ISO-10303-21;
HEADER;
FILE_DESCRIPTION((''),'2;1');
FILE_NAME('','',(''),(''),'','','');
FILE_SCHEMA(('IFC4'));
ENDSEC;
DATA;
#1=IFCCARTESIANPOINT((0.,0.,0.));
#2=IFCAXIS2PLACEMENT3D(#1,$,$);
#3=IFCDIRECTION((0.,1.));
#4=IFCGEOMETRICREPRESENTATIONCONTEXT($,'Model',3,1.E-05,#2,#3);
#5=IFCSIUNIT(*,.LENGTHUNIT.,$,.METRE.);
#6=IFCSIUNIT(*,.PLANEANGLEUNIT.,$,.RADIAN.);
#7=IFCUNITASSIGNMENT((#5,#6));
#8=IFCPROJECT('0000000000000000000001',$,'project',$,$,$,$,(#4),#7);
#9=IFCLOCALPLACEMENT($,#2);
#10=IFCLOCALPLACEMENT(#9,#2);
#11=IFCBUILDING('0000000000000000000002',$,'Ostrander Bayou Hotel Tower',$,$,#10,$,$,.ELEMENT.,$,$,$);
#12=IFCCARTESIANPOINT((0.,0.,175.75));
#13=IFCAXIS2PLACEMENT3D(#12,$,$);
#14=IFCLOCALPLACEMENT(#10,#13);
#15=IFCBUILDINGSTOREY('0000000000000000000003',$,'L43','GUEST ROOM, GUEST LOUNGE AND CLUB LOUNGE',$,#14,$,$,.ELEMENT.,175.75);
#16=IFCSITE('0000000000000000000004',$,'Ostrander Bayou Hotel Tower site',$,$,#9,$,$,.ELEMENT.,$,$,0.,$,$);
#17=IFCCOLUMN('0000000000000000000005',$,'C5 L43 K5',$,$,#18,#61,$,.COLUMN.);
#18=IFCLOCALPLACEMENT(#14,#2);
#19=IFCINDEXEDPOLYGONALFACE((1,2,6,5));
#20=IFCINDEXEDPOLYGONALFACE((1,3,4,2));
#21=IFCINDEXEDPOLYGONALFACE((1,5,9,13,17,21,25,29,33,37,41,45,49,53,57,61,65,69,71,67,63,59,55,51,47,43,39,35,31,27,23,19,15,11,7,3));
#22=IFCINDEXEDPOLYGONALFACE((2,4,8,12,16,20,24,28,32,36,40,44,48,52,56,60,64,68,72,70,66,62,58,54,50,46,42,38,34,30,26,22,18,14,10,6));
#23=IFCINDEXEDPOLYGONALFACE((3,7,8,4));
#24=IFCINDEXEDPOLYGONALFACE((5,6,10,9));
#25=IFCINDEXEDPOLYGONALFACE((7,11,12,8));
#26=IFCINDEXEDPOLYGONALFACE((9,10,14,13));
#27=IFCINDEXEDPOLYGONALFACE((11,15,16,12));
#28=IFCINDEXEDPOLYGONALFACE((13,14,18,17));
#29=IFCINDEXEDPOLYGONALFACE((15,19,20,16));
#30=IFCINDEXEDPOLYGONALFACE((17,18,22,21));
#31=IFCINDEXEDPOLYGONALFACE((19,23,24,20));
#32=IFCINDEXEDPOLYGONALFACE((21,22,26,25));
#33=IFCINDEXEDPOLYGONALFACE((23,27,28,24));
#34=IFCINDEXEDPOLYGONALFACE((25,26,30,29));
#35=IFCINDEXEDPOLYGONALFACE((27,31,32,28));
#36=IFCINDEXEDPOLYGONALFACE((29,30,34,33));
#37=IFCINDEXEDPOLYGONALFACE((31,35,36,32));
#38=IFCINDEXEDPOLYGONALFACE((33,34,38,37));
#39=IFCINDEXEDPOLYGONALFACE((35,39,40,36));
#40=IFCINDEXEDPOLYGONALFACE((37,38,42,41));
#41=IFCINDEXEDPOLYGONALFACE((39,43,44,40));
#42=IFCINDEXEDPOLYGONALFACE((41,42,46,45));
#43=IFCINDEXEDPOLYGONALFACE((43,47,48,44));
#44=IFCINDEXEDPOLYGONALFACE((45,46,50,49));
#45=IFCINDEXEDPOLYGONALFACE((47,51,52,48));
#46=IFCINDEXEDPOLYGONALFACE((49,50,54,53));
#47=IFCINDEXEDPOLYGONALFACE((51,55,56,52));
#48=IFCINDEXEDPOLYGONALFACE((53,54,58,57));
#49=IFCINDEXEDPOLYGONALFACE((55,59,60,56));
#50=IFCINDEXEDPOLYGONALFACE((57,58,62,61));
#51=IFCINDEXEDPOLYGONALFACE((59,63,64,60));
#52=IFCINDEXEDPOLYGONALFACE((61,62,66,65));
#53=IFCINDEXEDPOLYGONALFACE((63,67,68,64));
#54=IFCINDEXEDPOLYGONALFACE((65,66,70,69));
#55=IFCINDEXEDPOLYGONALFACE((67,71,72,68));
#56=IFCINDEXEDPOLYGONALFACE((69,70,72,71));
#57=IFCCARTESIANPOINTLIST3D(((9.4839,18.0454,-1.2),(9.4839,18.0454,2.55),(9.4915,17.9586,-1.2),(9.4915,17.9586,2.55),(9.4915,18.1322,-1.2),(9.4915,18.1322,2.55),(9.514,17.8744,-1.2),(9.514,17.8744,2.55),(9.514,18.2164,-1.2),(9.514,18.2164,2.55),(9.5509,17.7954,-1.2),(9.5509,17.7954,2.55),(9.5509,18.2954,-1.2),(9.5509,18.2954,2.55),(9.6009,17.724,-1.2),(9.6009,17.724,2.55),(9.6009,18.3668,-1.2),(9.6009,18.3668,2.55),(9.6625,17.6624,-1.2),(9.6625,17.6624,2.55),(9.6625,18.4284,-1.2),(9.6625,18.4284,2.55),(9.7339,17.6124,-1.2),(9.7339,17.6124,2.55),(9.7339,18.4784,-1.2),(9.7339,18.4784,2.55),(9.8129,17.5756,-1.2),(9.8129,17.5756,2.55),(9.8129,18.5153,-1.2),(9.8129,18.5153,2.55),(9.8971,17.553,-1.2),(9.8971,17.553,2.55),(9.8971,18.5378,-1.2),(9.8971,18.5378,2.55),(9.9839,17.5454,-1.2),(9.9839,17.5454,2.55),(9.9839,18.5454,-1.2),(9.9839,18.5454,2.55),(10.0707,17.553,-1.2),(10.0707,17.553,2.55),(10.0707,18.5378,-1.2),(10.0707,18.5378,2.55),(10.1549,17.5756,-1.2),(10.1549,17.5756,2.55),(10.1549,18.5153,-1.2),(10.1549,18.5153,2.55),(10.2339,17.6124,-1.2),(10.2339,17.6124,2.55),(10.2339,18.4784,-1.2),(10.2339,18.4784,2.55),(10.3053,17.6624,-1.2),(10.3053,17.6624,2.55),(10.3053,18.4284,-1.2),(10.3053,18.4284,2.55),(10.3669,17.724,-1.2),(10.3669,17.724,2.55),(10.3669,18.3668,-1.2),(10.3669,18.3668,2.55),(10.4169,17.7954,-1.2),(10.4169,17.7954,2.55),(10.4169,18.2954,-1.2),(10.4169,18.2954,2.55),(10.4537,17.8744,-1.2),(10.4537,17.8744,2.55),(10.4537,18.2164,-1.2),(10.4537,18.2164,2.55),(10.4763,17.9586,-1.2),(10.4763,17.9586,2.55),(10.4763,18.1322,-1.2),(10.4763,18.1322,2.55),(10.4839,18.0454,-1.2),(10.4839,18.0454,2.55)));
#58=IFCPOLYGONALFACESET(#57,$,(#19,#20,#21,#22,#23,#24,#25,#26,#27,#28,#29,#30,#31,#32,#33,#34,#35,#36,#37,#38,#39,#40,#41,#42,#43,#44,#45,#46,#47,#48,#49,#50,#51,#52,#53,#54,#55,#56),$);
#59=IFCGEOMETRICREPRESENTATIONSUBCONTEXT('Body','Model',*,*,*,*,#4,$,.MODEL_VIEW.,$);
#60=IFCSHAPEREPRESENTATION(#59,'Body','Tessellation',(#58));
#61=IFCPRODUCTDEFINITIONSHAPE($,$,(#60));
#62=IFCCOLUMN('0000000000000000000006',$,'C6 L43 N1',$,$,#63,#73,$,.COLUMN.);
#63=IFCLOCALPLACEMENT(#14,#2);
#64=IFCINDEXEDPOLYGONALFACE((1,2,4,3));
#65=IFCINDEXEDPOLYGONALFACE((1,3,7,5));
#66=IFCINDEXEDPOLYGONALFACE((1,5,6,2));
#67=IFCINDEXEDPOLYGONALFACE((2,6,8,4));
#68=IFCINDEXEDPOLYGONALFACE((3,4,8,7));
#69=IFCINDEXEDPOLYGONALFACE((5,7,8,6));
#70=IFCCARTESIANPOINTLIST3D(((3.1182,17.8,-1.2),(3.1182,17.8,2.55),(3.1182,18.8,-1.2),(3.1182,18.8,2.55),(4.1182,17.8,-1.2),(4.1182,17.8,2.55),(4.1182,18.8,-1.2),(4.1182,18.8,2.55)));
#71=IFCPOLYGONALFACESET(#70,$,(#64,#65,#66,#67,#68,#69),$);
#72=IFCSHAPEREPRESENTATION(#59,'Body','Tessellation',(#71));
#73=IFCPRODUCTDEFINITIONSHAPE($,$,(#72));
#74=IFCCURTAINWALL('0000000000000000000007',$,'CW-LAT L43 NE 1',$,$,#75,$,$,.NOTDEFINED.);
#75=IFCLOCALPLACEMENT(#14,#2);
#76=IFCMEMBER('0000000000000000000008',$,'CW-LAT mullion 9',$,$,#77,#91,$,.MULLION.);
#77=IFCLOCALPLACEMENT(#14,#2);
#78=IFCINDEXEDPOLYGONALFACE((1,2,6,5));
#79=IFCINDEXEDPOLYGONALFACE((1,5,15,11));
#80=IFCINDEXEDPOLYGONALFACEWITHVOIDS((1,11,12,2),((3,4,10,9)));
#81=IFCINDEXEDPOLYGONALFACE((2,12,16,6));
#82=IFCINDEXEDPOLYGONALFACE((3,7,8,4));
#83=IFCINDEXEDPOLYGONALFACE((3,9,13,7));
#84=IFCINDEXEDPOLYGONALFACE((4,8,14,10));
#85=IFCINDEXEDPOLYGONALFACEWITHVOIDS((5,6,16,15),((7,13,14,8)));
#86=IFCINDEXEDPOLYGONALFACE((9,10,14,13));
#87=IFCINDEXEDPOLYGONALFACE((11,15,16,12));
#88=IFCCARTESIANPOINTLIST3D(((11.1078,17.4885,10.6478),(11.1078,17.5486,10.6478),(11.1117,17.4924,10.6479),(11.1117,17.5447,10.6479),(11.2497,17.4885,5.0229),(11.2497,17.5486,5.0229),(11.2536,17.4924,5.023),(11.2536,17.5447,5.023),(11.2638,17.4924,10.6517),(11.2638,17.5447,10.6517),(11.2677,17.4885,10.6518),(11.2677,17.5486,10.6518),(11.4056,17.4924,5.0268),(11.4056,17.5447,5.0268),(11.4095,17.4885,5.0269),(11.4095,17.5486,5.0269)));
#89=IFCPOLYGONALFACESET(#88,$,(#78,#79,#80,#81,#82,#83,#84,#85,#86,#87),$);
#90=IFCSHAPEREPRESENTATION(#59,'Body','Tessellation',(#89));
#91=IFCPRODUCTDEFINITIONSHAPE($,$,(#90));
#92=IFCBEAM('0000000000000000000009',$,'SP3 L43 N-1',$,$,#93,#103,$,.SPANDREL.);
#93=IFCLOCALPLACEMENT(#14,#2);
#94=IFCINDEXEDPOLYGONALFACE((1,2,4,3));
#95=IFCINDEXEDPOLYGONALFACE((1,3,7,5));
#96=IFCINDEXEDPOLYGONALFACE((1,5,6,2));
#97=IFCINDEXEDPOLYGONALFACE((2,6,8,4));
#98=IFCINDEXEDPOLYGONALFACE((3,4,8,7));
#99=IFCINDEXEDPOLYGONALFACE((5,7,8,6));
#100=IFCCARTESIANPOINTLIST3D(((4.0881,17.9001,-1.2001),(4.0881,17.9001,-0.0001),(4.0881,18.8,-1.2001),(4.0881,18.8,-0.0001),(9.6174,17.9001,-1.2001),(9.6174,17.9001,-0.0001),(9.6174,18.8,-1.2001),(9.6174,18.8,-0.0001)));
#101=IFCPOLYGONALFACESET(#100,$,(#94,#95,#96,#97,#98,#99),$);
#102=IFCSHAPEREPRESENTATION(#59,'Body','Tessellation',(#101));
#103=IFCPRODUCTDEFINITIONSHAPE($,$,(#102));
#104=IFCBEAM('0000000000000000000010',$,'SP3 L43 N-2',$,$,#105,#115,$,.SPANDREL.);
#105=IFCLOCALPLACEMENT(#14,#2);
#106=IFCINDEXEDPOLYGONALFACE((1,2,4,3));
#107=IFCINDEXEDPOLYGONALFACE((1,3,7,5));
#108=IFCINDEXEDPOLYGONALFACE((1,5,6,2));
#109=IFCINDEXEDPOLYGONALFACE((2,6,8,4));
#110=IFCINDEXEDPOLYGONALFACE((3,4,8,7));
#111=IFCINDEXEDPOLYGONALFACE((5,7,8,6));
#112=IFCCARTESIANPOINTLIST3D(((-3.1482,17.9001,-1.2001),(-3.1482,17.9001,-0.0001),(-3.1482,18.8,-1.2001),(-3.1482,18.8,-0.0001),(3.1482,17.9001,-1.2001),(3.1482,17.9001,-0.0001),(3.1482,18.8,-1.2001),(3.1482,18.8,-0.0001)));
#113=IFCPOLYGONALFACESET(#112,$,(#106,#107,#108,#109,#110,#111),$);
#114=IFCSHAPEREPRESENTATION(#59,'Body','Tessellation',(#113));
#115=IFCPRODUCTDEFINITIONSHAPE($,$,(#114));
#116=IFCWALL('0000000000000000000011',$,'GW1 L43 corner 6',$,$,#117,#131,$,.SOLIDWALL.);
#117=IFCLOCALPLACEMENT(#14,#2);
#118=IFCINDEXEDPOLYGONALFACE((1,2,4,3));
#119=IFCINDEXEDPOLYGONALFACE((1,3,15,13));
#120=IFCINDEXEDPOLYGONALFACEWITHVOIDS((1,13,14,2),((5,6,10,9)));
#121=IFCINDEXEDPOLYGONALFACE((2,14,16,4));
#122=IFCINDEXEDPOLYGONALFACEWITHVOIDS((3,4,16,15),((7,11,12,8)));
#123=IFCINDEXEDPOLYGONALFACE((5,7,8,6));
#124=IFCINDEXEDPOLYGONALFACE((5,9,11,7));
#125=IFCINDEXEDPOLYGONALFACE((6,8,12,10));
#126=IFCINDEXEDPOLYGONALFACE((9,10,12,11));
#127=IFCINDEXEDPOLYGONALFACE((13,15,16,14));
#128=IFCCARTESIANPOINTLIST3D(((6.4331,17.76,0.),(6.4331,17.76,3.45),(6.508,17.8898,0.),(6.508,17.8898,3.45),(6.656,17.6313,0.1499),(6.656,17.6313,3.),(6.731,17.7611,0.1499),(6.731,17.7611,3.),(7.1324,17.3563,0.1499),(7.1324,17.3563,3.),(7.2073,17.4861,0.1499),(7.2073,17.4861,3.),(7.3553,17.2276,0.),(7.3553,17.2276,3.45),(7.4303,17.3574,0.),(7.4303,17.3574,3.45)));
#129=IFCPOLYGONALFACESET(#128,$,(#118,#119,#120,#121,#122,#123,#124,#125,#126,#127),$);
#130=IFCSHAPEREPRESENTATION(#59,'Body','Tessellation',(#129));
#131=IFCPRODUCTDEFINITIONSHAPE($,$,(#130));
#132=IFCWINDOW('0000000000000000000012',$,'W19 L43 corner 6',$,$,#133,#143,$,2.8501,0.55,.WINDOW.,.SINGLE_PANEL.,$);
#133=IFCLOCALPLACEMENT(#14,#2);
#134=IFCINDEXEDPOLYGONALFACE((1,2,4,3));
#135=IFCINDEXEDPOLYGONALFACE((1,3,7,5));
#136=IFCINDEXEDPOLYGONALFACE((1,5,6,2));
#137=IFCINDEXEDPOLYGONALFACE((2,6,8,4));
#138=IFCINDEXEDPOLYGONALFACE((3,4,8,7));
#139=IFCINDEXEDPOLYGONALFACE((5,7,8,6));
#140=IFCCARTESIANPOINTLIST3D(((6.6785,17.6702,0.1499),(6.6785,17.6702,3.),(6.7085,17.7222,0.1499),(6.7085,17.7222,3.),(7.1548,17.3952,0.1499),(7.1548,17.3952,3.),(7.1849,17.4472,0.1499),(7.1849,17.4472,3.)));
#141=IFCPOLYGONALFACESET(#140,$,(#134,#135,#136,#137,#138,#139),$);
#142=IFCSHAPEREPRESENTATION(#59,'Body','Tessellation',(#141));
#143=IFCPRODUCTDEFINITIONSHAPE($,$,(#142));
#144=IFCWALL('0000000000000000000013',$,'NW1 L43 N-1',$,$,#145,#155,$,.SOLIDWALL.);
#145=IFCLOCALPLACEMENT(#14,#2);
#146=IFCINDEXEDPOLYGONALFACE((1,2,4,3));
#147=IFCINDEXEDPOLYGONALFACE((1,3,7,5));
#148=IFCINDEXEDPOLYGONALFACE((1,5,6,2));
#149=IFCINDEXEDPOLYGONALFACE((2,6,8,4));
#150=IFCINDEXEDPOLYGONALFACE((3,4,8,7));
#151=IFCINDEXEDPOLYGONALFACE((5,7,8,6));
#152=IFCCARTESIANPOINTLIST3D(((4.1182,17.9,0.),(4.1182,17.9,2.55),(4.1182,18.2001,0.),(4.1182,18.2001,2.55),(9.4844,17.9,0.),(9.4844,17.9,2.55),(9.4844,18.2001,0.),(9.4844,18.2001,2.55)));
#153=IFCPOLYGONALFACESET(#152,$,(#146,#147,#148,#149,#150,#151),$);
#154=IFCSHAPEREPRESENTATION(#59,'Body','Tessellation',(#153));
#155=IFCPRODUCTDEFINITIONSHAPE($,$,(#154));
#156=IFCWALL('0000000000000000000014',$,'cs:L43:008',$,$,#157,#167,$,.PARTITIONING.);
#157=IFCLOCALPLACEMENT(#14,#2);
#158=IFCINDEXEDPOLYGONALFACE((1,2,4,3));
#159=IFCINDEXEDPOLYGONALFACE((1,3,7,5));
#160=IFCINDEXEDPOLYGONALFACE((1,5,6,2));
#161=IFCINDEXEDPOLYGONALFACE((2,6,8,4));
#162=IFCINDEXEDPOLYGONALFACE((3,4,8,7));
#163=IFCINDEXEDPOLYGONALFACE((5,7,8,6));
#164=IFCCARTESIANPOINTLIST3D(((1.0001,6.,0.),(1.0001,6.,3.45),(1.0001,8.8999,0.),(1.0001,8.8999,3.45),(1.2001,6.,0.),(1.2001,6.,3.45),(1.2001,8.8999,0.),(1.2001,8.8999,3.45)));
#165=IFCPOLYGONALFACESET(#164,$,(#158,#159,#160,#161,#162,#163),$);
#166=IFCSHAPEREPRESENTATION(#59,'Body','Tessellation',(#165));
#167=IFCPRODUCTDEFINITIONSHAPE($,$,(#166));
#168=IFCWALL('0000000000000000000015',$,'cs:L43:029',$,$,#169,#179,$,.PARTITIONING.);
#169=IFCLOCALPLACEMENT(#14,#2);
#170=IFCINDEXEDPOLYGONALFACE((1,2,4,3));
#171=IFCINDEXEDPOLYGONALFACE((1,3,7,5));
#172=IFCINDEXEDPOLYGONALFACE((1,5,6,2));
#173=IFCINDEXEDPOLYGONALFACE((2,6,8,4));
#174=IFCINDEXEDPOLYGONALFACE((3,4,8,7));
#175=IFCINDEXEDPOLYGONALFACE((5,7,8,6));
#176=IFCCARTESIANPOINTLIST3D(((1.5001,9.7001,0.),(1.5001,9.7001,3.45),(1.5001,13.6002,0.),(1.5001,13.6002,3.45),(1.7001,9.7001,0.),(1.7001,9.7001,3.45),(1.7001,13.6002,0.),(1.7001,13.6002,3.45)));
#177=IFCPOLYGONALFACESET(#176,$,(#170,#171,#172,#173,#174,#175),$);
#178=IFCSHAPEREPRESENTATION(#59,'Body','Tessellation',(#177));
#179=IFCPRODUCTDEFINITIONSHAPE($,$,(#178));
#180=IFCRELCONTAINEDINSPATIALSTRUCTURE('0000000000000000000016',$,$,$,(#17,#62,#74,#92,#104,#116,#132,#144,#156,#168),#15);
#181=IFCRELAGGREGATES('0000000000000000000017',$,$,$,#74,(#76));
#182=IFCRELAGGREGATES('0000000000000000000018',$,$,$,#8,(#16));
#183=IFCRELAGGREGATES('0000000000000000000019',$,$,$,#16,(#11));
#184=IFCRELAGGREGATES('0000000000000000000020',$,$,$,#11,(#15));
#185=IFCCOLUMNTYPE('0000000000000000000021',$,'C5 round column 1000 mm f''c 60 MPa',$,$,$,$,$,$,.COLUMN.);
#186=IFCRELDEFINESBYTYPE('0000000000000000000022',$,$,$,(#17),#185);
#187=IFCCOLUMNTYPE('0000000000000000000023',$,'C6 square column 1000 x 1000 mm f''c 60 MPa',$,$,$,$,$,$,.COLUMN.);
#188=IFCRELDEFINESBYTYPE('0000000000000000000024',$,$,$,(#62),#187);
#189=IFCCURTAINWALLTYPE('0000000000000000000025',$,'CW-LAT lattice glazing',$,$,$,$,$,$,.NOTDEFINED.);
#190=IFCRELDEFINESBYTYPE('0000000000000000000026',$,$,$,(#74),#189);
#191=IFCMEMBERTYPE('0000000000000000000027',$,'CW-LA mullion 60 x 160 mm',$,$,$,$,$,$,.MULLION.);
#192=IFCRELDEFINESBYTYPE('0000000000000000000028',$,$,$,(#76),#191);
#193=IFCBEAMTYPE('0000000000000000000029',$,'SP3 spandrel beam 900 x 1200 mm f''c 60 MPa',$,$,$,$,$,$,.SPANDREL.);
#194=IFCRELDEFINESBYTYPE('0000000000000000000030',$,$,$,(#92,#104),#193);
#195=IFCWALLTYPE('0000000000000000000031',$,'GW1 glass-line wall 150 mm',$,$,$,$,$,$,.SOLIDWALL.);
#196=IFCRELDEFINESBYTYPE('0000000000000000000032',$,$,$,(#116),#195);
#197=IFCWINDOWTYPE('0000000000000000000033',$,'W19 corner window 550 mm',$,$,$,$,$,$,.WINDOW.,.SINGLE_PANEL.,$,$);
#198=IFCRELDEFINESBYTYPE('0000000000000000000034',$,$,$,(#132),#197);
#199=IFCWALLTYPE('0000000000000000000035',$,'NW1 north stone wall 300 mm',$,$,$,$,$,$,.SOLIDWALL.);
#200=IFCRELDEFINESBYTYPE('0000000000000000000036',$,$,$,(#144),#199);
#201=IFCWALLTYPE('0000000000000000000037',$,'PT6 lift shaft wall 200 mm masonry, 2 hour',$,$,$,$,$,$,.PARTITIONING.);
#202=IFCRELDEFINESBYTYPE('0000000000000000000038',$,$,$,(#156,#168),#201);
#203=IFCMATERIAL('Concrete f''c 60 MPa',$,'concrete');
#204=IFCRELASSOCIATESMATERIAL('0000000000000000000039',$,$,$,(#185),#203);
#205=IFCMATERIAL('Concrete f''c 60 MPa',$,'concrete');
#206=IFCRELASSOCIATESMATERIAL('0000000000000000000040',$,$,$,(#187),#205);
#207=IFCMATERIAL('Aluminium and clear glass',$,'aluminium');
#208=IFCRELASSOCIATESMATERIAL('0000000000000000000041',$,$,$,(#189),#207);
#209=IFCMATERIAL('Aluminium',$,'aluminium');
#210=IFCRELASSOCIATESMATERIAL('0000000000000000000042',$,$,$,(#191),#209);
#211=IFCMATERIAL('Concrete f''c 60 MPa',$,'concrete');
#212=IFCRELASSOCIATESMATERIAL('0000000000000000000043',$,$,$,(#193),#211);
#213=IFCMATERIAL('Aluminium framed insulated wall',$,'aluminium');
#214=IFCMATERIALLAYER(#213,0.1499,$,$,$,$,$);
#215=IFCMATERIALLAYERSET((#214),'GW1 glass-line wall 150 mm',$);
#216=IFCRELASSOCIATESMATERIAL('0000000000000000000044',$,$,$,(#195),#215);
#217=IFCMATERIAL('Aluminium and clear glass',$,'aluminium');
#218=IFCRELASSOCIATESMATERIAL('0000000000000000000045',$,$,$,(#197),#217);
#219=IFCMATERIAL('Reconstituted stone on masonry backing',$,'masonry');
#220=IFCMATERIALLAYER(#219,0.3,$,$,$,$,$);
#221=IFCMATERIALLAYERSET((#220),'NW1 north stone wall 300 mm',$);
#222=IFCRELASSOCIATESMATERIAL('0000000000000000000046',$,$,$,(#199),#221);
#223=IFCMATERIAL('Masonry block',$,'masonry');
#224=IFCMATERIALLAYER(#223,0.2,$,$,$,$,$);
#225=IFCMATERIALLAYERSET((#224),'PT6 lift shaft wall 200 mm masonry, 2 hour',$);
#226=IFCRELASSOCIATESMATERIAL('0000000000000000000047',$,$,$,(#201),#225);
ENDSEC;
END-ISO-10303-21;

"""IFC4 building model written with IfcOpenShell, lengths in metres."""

from ifc_helpers import new_model, si_unit, direction, frame, frame_2d, origin, origin_2d, place, context, subcontext, project, spatial, rectangle, hollow_rectangle, circle, extrude, material, layer, layer_set, material_profile, profile_set, type_object, element, fill, aggregate, save


model = new_model("IFC4")

# Units and contexts
model_context = context("Model", 3, precision=1e-05, world=origin(), true_north=direction((0.0, 1.0)))
body_context = subcontext(model_context, "Body", "Model", "MODEL_VIEW")
ifc_project = project(units=[si_unit("LENGTHUNIT", "METRE"), si_unit("PLANEANGLEUNIT", "RADIAN")], contexts=[model_context])

# Site, building, storey
site_placement = place(None, origin())
site = spatial("IfcSite", under=ifc_project, at=site_placement, Name="Ostrander Bayou Hotel Tower site", CompositionType="ELEMENT", RefElevation=0.0)
building_placement = place(site_placement, origin())
building = spatial("IfcBuilding", under=site, at=building_placement, Name="Ostrander Bayou Hotel Tower", CompositionType="ELEMENT")
storey_placement = place(building_placement, frame((0.0, 0.0, 175.75)))
storey = spatial("IfcBuildingStorey", under=building, at=storey_placement, Name="L43", Description="GUEST ROOM, GUEST LOUNGE AND CLUB LOUNGE", CompositionType="ELEMENT", Elevation=175.75)

# Columns
ifc_material_1 = material(Name="Concrete f'c 60 MPa", Category="concrete")
ifc_material_profile_1 = material_profile(ifc_material_1, circle(Radius=0.5, at=origin_2d()))
ifc_profile_set_1 = profile_set([ifc_material_profile_1], Name="Concrete f'c 60 MPa")
column_type_1 = type_object("IfcColumnType", Name="C5 round column 1000 mm f'c 60 MPa", PredefinedType="COLUMN", material=ifc_profile_set_1)
column_1_placement = place(storey_placement, frame((9.9839, 18.0454, -1.2), z_axis=(0.0, 0.0, 1.0), x_axis=(1.0, 0.0, 0.0)))
element("IfcColumn", 1, at=column_1_placement, inside=storey, type_object=column_type_1, Name="C5 L43 K5", PredefinedType="COLUMN", context=body_context, shape_type="SweptSolid", body=[
    extrude(circle(Radius=0.5, at=origin_2d()), origin(), (0.0, 0.0, 1.0), 3.75),
])
ifc_material_2 = material(Name="Concrete f'c 60 MPa", Category="concrete")
ifc_material_profile_2 = material_profile(ifc_material_2, rectangle(XDim=1.0, YDim=1.0, at=origin_2d()))
ifc_profile_set_2 = profile_set([ifc_material_profile_2], Name="Concrete f'c 60 MPa")
column_type_2 = type_object("IfcColumnType", Name="C6 square column 1000 x 1000 mm f'c 60 MPa", PredefinedType="COLUMN", material=ifc_profile_set_2)
column_2_placement = place(storey_placement, frame((3.6182, 18.3, -1.2), z_axis=(0.0, 0.0, 1.0), x_axis=(1.0, 0.0, 0.0)))
element("IfcColumn", 2, at=column_2_placement, inside=storey, type_object=column_type_2, Name="C6 L43 N1", PredefinedType="COLUMN", context=body_context, shape_type="SweptSolid", body=[
    extrude(rectangle(XDim=1.0, YDim=1.0, at=origin_2d()), origin(), (0.0, 0.0, 1.0), 3.75),
])

# Curtain wall, member
ifc_material_3 = material(Name="Aluminium and clear glass", Category="aluminium")
curtain_wall_type = type_object("IfcCurtainWallType", Name="CW-LAT lattice glazing", PredefinedType="NOTDEFINED", material=ifc_material_3)
curtain_wall_placement = place(storey_placement, origin())
curtain_wall = element("IfcCurtainWall", 3, at=curtain_wall_placement, inside=storey, type_object=curtain_wall_type, Name="CW-LAT L43 NE 1", PredefinedType="NOTDEFINED")
ifc_material_4 = material(Name="Aluminium", Category="aluminium")
ifc_material_profile_3 = material_profile(ifc_material_4, hollow_rectangle(XDim=0.0601, YDim=0.1599, WallThickness=0.0039, at=origin_2d()))
ifc_profile_set_3 = profile_set([ifc_material_profile_3], Name="Aluminium")
member_type = type_object("IfcMemberType", Name="CW-LA mullion 60 x 160 mm", PredefinedType="MULLION", material=ifc_profile_set_3)
member_placement = place(storey_placement, frame((11.3296, 17.5186, 5.0249), z_axis=(-0.025209, 0.0, 0.999682), x_axis=(0.0, -1.0, 0.0)))
member = element("IfcMember", 4, at=member_placement, type_object=member_type, Name="CW-LAT mullion 9", PredefinedType="MULLION", context=body_context, shape_type="SweptSolid", body=[
    extrude(hollow_rectangle(XDim=0.0601, YDim=0.1599, WallThickness=0.0039, at=origin_2d()), origin(), (0.0, 0.0, 1.0), 5.6267),
])
aggregate(curtain_wall, [member])

# Beams
ifc_material_5 = material(Name="Concrete f'c 60 MPa", Category="concrete")
ifc_material_profile_4 = material_profile(ifc_material_5, rectangle(XDim=0.8999, YDim=1.2, at=origin_2d()))
ifc_profile_set_4 = profile_set([ifc_material_profile_4], Name="Concrete f'c 60 MPa")
beam_type = type_object("IfcBeamType", Name="SP3 spandrel beam 900 x 1200 mm f'c 60 MPa", PredefinedType="SPANDREL", material=ifc_profile_set_4)
beam_1_placement = place(storey_placement, frame((9.6174, 18.3501, -0.6001), z_axis=(-1.0, 0.0, 0.0), x_axis=(0.0, -1.0, 0.0)))
element("IfcBeam", 5, at=beam_1_placement, inside=storey, type_object=beam_type, Name="SP3 L43 N-1", PredefinedType="SPANDREL", context=body_context, shape_type="SweptSolid", body=[
    extrude(rectangle(XDim=0.8999, YDim=1.2, at=origin_2d()), origin(), (0.0, 0.0, 1.0), 5.5293),
])
beam_2_placement = place(storey_placement, frame((3.1482, 18.3501, -0.6001), z_axis=(-1.0, 0.0, 0.0), x_axis=(0.0, -1.0, 0.0)))
element("IfcBeam", 6, at=beam_2_placement, inside=storey, type_object=beam_type, Name="SP3 L43 N-2", PredefinedType="SPANDREL", context=body_context, shape_type="SweptSolid", body=[
    extrude(rectangle(XDim=0.8999, YDim=1.2, at=origin_2d()), origin(), (0.0, 0.0, 1.0), 6.2964),
])

# Wall, opening, window
ifc_material_6 = material(Name="Aluminium framed insulated wall", Category="aluminium")
ifc_layer_1 = layer(ifc_material_6, 0.1499)
ifc_layer_set_1 = layer_set([ifc_layer_1], Name="GW1 glass-line wall 150 mm")
wall_type_1 = type_object("IfcWallType", Name="GW1 glass-line wall 150 mm", PredefinedType="SOLIDWALL", material=ifc_layer_set_1)
wall_1_placement = place(storey_placement, frame((7.3928, 17.2925, 0.0), z_axis=(0.0, 0.0, 1.0), x_axis=(-0.866048, 0.499961, 0.0)))
wall_1 = element("IfcWall", 7, at=wall_1_placement, inside=storey, type_object=wall_type_1, Name="GW1 L43 corner 6", PredefinedType="SOLIDWALL", context=body_context, shape_type="SweptSolid", body=[
    extrude(rectangle(XDim=1.0649, YDim=0.1499, at=frame_2d((0.5325, 0.0))), origin(), (0.0, 0.0, 1.0), 3.45),
])
opening_1_placement = place(wall_1_placement, frame((0.2576, 0.0, 0.1499)))
opening_1 = element("IfcOpeningElement", 8, at=opening_1_placement, cuts=wall_1, PredefinedType="OPENING", context=body_context, shape_type="SweptSolid", body=[
    extrude(rectangle(XDim=0.55, YDim=2.8501, at=frame_2d((0.2749, 1.425))), frame((0.0, 0.075, 0.0), z_axis=(0.0, -1.0, 0.0), x_axis=(1.0, 0.0, 0.0)), (0.0, 0.0, 1.0), 0.1499),
])
ifc_material_7 = material(Name="Aluminium and clear glass", Category="aluminium")
window_type_1 = type_object("IfcWindowType", Name="W19 corner window 550 mm", PartitioningType="SINGLE_PANEL", PredefinedType="WINDOW", material=ifc_material_7)
window_1_placement = place(opening_1_placement, origin())
window_1 = element("IfcWindow", 9, at=window_1_placement, inside=storey, type_object=window_type_1, Name="W19 L43 corner 6", OverallHeight=2.8501, OverallWidth=0.55, PartitioningType="SINGLE_PANEL", PredefinedType="WINDOW", context=body_context, shape_type="SweptSolid", body=[
    extrude(rectangle(XDim=0.55, YDim=2.8501, at=frame_2d((0.2749, 1.425))), frame((0.0, 0.03, 0.0), z_axis=(0.0, -1.0, 0.0), x_axis=(1.0, 0.0, 0.0)), (0.0, 0.0, 1.0), 0.0601),
])
fill(opening_1, window_1)

# Wall
ifc_material_8 = material(Name="Reconstituted stone on masonry backing", Category="masonry")
ifc_layer_2 = layer(ifc_material_8, 0.3)
ifc_layer_set_2 = layer_set([ifc_layer_2], Name="NW1 north stone wall 300 mm")
wall_type_2 = type_object("IfcWallType", Name="NW1 north stone wall 300 mm", PredefinedType="SOLIDWALL", material=ifc_layer_set_2)
wall_2_placement = place(storey_placement, frame((9.4844, 18.05, 0.0), z_axis=(0.0, 0.0, 1.0), x_axis=(-1.0, 0.0, 0.0)))
element("IfcWall", 10, at=wall_2_placement, inside=storey, type_object=wall_type_2, Name="NW1 L43 N-1", PredefinedType="SOLIDWALL", context=body_context, shape_type="SweptSolid", body=[
    extrude(rectangle(XDim=5.3662, YDim=0.3, at=frame_2d((2.6831, 0.0))), origin(), (0.0, 0.0, 1.0), 2.55),
])

# Shared definitions
ifc_material_9 = material(Name="Masonry block", Category="masonry")
ifc_layer_3 = layer(ifc_material_9, 0.2)
ifc_layer_set_3 = layer_set([ifc_layer_3], Name="PT6 lift shaft wall 200 mm masonry, 2 hour")
wall_type_3 = type_object("IfcWallType", Name="PT6 lift shaft wall 200 mm masonry, 2 hour", PredefinedType="PARTITIONING", material=ifc_layer_set_3)

# Walls
wall_3_placement = place(storey_placement, frame((1.1001, 6.0, 0.0), z_axis=(0.0, 0.0, 1.0), x_axis=(0.0, 1.0, 0.0)))
element("IfcWall", 11, at=wall_3_placement, inside=storey, type_object=wall_type_3, Name="cs:L43:008", PredefinedType="PARTITIONING", context=body_context, shape_type="SweptSolid", body=[
    extrude(rectangle(XDim=2.8999, YDim=0.2, at=frame_2d((1.45, 0.0))), origin(), (0.0, 0.0, 1.0), 3.45),
])
wall_4_placement = place(storey_placement, frame((1.6001, 9.7, 0.0), z_axis=(0.0, 0.0, 1.0), x_axis=(0.0, 1.0, 0.0)))
element("IfcWall", 12, at=wall_4_placement, inside=storey, type_object=wall_type_3, Name="cs:L43:029", PredefinedType="PARTITIONING", context=body_context, shape_type="SweptSolid", body=[
    extrude(rectangle(XDim=3.9001, YDim=0.2, at=frame_2d((1.9502, 0.0))), origin(), (0.0, 0.0, 1.0), 3.45),
])

save(model, "model.ifc")
